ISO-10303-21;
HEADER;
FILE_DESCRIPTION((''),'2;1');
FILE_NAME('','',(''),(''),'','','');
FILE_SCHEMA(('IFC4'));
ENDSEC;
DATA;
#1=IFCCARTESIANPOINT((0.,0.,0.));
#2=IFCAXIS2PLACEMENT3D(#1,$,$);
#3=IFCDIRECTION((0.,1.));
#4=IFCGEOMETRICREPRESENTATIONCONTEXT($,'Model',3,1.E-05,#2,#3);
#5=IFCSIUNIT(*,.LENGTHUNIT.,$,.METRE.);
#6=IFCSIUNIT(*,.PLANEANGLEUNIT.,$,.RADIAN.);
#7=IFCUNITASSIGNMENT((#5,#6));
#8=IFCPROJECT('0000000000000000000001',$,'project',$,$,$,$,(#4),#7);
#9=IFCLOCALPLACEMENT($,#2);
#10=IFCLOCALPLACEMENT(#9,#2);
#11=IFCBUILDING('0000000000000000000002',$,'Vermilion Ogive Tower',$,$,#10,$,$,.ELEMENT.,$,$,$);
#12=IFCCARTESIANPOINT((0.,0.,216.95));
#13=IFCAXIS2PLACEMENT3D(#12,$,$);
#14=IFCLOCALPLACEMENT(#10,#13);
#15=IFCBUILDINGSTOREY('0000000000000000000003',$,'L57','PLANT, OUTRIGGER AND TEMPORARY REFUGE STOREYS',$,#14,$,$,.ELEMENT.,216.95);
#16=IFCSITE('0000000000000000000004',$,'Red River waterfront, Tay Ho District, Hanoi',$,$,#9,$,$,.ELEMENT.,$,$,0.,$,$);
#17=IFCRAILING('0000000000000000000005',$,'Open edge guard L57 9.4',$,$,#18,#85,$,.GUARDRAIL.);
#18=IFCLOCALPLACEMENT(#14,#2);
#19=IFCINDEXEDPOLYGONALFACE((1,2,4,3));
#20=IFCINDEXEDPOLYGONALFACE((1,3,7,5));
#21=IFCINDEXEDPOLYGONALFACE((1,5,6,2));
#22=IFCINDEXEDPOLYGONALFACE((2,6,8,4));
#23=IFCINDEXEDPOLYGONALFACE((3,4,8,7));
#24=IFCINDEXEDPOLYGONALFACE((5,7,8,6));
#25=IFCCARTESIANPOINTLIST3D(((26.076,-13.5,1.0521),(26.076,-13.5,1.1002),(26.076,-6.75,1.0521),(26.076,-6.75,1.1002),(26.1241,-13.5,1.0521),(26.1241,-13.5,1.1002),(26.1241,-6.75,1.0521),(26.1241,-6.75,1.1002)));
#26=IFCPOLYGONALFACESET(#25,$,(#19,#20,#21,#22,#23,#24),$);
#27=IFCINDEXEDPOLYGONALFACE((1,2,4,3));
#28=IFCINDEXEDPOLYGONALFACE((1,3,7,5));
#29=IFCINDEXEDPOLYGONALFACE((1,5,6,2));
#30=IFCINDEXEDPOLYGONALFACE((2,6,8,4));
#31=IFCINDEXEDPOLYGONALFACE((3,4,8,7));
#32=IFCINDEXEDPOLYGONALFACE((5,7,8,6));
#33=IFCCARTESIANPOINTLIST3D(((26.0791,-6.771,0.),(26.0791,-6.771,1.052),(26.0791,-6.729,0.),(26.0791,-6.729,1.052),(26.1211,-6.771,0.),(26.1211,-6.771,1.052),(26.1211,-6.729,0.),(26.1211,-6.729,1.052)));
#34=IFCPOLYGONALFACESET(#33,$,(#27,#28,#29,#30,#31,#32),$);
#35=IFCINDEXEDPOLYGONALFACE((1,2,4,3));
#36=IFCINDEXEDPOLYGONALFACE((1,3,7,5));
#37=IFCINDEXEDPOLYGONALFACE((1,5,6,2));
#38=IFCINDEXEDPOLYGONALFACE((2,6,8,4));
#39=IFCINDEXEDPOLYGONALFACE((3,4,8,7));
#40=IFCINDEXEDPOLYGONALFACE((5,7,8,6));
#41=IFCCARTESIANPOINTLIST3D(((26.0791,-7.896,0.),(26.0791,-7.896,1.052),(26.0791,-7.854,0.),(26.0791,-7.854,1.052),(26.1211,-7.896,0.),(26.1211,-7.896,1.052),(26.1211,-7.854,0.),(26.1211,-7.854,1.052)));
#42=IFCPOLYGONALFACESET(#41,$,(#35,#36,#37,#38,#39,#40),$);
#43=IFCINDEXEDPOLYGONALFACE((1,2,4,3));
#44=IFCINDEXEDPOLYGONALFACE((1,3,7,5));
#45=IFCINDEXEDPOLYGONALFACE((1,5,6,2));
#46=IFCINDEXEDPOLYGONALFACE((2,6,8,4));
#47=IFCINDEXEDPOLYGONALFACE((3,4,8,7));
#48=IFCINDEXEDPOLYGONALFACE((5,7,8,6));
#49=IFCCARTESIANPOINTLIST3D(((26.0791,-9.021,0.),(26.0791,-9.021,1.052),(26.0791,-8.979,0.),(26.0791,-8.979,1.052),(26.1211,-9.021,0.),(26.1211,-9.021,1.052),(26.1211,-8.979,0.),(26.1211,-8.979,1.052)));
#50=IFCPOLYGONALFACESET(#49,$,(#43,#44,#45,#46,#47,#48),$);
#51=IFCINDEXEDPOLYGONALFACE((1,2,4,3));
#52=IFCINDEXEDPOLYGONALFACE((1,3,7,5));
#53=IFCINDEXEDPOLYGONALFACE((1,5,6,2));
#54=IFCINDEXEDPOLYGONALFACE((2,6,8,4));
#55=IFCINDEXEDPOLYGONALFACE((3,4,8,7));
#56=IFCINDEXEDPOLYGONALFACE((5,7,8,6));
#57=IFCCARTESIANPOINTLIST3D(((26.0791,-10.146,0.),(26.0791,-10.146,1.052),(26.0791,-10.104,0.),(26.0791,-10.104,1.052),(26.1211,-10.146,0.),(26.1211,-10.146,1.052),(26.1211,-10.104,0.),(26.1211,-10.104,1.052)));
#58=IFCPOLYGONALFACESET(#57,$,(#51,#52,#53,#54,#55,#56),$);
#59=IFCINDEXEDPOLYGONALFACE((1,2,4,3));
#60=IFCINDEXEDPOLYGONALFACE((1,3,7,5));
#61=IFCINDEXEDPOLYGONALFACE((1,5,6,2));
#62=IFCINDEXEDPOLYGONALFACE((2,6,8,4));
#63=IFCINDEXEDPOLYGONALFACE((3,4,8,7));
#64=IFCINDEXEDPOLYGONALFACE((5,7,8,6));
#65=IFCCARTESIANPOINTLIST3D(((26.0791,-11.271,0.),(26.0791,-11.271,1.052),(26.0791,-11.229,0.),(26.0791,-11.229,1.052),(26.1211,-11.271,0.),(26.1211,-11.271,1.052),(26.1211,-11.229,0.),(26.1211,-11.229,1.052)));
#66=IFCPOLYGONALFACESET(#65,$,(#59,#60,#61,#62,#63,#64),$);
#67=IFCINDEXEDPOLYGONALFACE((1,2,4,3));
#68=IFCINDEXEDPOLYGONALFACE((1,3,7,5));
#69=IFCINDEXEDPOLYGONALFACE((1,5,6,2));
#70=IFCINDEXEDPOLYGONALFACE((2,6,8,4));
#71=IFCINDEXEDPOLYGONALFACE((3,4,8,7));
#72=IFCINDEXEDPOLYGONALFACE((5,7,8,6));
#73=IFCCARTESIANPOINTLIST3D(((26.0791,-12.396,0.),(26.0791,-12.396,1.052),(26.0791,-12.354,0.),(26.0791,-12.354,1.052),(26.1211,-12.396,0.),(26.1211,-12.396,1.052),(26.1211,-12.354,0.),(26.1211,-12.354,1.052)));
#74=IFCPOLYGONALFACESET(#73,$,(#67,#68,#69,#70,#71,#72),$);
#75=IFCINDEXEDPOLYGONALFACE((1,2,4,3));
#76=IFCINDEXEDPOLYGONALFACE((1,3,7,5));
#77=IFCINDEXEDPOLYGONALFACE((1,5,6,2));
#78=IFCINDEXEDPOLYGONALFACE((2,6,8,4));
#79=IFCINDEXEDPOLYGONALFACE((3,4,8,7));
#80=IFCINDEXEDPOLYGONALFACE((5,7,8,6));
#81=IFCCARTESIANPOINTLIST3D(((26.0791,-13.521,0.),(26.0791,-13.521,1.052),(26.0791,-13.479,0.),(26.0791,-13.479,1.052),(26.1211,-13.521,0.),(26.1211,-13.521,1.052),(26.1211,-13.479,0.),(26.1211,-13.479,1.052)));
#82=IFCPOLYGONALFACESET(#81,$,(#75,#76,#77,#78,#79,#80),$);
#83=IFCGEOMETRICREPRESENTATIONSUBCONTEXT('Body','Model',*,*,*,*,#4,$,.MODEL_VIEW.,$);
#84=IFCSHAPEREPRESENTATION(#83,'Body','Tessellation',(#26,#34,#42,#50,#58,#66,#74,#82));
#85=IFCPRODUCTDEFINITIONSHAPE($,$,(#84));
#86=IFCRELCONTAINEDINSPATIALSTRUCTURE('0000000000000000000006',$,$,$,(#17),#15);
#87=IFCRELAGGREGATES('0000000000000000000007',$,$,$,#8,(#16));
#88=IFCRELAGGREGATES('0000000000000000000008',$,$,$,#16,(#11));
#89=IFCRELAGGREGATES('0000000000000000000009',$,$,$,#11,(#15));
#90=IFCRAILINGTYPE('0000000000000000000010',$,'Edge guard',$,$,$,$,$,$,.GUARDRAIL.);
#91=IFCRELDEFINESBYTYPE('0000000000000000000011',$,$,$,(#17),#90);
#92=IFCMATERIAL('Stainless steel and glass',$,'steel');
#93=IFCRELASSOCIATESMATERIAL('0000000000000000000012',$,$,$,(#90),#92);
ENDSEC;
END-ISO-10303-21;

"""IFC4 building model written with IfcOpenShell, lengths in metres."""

from ifc_helpers import new_model, si_unit, direction, frame, origin, origin_2d, place, context, subcontext, project, spatial, rectangle, extrude, material, type_object, element, save


model = new_model("IFC4")

# Units and contexts
model_context = context("Model", 3, precision=1e-05, world=origin(), true_north=direction((0.0, 1.0)))
body_context = subcontext(model_context, "Body", "Model", "MODEL_VIEW")
ifc_project = project(units=[si_unit("LENGTHUNIT", "METRE"), si_unit("PLANEANGLEUNIT", "RADIAN")], contexts=[model_context])

# Site, building, storey
site_placement = place(None, origin())
site = spatial("IfcSite", under=ifc_project, at=site_placement, Name="Red River waterfront, Tay Ho District, Hanoi", CompositionType="ELEMENT", RefElevation=0.0)
building_placement = place(site_placement, origin())
building = spatial("IfcBuilding", under=site, at=building_placement, Name="Vermilion Ogive Tower", CompositionType="ELEMENT")
storey_placement = place(building_placement, frame((0.0, 0.0, 216.95)))
storey = spatial("IfcBuildingStorey", under=building, at=storey_placement, Name="L57", Description="PLANT, OUTRIGGER AND TEMPORARY REFUGE STOREYS", CompositionType="ELEMENT", Elevation=216.95)

# Railing
ifc_material_1 = material(Name="Stainless steel and glass", Category="steel")
railing_type = type_object("IfcRailingType", Name="Edge guard", PredefinedType="GUARDRAIL", material=ifc_material_1)
railing_placement = place(storey_placement, frame((26.1001, -6.75, 0.0)))
element("IfcRailing", 1, at=railing_placement, inside=storey, type_object=railing_type, Name="Open edge guard L57 9.4", PredefinedType="GUARDRAIL", context=body_context, shape_type="SweptSolid", body=[
    extrude(rectangle(XDim=0.0481, YDim=0.0481, at=origin_2d()), frame((0.0, 0.0, 1.0762), z_axis=(0.0, -1.0, 0.0), x_axis=(1.0, 0.0, 0.0)), (0.0, 0.0, 1.0), 6.75),
    extrude(rectangle(XDim=0.042, YDim=0.042, at=origin_2d()), origin(), (0.0, 0.0, 1.0), 1.052),
    extrude(rectangle(XDim=0.042, YDim=0.042, at=origin_2d()), frame((0.0, -1.125, 0.0)), (0.0, 0.0, 1.0), 1.052),
    extrude(rectangle(XDim=0.042, YDim=0.042, at=origin_2d()), frame((0.0, -2.25, 0.0)), (0.0, 0.0, 1.0), 1.052),
    extrude(rectangle(XDim=0.042, YDim=0.042, at=origin_2d()), frame((0.0, -3.375, 0.0)), (0.0, 0.0, 1.0), 1.052),
    extrude(rectangle(XDim=0.042, YDim=0.042, at=origin_2d()), frame((0.0, -4.5, 0.0)), (0.0, 0.0, 1.0), 1.052),
    extrude(rectangle(XDim=0.042, YDim=0.042, at=origin_2d()), frame((0.0, -5.625, 0.0)), (0.0, 0.0, 1.0), 1.052),
    extrude(rectangle(XDim=0.042, YDim=0.042, at=origin_2d()), frame((0.0, -6.75, 0.0)), (0.0, 0.0, 1.0), 1.052),
])

save(model, "model.ifc")
